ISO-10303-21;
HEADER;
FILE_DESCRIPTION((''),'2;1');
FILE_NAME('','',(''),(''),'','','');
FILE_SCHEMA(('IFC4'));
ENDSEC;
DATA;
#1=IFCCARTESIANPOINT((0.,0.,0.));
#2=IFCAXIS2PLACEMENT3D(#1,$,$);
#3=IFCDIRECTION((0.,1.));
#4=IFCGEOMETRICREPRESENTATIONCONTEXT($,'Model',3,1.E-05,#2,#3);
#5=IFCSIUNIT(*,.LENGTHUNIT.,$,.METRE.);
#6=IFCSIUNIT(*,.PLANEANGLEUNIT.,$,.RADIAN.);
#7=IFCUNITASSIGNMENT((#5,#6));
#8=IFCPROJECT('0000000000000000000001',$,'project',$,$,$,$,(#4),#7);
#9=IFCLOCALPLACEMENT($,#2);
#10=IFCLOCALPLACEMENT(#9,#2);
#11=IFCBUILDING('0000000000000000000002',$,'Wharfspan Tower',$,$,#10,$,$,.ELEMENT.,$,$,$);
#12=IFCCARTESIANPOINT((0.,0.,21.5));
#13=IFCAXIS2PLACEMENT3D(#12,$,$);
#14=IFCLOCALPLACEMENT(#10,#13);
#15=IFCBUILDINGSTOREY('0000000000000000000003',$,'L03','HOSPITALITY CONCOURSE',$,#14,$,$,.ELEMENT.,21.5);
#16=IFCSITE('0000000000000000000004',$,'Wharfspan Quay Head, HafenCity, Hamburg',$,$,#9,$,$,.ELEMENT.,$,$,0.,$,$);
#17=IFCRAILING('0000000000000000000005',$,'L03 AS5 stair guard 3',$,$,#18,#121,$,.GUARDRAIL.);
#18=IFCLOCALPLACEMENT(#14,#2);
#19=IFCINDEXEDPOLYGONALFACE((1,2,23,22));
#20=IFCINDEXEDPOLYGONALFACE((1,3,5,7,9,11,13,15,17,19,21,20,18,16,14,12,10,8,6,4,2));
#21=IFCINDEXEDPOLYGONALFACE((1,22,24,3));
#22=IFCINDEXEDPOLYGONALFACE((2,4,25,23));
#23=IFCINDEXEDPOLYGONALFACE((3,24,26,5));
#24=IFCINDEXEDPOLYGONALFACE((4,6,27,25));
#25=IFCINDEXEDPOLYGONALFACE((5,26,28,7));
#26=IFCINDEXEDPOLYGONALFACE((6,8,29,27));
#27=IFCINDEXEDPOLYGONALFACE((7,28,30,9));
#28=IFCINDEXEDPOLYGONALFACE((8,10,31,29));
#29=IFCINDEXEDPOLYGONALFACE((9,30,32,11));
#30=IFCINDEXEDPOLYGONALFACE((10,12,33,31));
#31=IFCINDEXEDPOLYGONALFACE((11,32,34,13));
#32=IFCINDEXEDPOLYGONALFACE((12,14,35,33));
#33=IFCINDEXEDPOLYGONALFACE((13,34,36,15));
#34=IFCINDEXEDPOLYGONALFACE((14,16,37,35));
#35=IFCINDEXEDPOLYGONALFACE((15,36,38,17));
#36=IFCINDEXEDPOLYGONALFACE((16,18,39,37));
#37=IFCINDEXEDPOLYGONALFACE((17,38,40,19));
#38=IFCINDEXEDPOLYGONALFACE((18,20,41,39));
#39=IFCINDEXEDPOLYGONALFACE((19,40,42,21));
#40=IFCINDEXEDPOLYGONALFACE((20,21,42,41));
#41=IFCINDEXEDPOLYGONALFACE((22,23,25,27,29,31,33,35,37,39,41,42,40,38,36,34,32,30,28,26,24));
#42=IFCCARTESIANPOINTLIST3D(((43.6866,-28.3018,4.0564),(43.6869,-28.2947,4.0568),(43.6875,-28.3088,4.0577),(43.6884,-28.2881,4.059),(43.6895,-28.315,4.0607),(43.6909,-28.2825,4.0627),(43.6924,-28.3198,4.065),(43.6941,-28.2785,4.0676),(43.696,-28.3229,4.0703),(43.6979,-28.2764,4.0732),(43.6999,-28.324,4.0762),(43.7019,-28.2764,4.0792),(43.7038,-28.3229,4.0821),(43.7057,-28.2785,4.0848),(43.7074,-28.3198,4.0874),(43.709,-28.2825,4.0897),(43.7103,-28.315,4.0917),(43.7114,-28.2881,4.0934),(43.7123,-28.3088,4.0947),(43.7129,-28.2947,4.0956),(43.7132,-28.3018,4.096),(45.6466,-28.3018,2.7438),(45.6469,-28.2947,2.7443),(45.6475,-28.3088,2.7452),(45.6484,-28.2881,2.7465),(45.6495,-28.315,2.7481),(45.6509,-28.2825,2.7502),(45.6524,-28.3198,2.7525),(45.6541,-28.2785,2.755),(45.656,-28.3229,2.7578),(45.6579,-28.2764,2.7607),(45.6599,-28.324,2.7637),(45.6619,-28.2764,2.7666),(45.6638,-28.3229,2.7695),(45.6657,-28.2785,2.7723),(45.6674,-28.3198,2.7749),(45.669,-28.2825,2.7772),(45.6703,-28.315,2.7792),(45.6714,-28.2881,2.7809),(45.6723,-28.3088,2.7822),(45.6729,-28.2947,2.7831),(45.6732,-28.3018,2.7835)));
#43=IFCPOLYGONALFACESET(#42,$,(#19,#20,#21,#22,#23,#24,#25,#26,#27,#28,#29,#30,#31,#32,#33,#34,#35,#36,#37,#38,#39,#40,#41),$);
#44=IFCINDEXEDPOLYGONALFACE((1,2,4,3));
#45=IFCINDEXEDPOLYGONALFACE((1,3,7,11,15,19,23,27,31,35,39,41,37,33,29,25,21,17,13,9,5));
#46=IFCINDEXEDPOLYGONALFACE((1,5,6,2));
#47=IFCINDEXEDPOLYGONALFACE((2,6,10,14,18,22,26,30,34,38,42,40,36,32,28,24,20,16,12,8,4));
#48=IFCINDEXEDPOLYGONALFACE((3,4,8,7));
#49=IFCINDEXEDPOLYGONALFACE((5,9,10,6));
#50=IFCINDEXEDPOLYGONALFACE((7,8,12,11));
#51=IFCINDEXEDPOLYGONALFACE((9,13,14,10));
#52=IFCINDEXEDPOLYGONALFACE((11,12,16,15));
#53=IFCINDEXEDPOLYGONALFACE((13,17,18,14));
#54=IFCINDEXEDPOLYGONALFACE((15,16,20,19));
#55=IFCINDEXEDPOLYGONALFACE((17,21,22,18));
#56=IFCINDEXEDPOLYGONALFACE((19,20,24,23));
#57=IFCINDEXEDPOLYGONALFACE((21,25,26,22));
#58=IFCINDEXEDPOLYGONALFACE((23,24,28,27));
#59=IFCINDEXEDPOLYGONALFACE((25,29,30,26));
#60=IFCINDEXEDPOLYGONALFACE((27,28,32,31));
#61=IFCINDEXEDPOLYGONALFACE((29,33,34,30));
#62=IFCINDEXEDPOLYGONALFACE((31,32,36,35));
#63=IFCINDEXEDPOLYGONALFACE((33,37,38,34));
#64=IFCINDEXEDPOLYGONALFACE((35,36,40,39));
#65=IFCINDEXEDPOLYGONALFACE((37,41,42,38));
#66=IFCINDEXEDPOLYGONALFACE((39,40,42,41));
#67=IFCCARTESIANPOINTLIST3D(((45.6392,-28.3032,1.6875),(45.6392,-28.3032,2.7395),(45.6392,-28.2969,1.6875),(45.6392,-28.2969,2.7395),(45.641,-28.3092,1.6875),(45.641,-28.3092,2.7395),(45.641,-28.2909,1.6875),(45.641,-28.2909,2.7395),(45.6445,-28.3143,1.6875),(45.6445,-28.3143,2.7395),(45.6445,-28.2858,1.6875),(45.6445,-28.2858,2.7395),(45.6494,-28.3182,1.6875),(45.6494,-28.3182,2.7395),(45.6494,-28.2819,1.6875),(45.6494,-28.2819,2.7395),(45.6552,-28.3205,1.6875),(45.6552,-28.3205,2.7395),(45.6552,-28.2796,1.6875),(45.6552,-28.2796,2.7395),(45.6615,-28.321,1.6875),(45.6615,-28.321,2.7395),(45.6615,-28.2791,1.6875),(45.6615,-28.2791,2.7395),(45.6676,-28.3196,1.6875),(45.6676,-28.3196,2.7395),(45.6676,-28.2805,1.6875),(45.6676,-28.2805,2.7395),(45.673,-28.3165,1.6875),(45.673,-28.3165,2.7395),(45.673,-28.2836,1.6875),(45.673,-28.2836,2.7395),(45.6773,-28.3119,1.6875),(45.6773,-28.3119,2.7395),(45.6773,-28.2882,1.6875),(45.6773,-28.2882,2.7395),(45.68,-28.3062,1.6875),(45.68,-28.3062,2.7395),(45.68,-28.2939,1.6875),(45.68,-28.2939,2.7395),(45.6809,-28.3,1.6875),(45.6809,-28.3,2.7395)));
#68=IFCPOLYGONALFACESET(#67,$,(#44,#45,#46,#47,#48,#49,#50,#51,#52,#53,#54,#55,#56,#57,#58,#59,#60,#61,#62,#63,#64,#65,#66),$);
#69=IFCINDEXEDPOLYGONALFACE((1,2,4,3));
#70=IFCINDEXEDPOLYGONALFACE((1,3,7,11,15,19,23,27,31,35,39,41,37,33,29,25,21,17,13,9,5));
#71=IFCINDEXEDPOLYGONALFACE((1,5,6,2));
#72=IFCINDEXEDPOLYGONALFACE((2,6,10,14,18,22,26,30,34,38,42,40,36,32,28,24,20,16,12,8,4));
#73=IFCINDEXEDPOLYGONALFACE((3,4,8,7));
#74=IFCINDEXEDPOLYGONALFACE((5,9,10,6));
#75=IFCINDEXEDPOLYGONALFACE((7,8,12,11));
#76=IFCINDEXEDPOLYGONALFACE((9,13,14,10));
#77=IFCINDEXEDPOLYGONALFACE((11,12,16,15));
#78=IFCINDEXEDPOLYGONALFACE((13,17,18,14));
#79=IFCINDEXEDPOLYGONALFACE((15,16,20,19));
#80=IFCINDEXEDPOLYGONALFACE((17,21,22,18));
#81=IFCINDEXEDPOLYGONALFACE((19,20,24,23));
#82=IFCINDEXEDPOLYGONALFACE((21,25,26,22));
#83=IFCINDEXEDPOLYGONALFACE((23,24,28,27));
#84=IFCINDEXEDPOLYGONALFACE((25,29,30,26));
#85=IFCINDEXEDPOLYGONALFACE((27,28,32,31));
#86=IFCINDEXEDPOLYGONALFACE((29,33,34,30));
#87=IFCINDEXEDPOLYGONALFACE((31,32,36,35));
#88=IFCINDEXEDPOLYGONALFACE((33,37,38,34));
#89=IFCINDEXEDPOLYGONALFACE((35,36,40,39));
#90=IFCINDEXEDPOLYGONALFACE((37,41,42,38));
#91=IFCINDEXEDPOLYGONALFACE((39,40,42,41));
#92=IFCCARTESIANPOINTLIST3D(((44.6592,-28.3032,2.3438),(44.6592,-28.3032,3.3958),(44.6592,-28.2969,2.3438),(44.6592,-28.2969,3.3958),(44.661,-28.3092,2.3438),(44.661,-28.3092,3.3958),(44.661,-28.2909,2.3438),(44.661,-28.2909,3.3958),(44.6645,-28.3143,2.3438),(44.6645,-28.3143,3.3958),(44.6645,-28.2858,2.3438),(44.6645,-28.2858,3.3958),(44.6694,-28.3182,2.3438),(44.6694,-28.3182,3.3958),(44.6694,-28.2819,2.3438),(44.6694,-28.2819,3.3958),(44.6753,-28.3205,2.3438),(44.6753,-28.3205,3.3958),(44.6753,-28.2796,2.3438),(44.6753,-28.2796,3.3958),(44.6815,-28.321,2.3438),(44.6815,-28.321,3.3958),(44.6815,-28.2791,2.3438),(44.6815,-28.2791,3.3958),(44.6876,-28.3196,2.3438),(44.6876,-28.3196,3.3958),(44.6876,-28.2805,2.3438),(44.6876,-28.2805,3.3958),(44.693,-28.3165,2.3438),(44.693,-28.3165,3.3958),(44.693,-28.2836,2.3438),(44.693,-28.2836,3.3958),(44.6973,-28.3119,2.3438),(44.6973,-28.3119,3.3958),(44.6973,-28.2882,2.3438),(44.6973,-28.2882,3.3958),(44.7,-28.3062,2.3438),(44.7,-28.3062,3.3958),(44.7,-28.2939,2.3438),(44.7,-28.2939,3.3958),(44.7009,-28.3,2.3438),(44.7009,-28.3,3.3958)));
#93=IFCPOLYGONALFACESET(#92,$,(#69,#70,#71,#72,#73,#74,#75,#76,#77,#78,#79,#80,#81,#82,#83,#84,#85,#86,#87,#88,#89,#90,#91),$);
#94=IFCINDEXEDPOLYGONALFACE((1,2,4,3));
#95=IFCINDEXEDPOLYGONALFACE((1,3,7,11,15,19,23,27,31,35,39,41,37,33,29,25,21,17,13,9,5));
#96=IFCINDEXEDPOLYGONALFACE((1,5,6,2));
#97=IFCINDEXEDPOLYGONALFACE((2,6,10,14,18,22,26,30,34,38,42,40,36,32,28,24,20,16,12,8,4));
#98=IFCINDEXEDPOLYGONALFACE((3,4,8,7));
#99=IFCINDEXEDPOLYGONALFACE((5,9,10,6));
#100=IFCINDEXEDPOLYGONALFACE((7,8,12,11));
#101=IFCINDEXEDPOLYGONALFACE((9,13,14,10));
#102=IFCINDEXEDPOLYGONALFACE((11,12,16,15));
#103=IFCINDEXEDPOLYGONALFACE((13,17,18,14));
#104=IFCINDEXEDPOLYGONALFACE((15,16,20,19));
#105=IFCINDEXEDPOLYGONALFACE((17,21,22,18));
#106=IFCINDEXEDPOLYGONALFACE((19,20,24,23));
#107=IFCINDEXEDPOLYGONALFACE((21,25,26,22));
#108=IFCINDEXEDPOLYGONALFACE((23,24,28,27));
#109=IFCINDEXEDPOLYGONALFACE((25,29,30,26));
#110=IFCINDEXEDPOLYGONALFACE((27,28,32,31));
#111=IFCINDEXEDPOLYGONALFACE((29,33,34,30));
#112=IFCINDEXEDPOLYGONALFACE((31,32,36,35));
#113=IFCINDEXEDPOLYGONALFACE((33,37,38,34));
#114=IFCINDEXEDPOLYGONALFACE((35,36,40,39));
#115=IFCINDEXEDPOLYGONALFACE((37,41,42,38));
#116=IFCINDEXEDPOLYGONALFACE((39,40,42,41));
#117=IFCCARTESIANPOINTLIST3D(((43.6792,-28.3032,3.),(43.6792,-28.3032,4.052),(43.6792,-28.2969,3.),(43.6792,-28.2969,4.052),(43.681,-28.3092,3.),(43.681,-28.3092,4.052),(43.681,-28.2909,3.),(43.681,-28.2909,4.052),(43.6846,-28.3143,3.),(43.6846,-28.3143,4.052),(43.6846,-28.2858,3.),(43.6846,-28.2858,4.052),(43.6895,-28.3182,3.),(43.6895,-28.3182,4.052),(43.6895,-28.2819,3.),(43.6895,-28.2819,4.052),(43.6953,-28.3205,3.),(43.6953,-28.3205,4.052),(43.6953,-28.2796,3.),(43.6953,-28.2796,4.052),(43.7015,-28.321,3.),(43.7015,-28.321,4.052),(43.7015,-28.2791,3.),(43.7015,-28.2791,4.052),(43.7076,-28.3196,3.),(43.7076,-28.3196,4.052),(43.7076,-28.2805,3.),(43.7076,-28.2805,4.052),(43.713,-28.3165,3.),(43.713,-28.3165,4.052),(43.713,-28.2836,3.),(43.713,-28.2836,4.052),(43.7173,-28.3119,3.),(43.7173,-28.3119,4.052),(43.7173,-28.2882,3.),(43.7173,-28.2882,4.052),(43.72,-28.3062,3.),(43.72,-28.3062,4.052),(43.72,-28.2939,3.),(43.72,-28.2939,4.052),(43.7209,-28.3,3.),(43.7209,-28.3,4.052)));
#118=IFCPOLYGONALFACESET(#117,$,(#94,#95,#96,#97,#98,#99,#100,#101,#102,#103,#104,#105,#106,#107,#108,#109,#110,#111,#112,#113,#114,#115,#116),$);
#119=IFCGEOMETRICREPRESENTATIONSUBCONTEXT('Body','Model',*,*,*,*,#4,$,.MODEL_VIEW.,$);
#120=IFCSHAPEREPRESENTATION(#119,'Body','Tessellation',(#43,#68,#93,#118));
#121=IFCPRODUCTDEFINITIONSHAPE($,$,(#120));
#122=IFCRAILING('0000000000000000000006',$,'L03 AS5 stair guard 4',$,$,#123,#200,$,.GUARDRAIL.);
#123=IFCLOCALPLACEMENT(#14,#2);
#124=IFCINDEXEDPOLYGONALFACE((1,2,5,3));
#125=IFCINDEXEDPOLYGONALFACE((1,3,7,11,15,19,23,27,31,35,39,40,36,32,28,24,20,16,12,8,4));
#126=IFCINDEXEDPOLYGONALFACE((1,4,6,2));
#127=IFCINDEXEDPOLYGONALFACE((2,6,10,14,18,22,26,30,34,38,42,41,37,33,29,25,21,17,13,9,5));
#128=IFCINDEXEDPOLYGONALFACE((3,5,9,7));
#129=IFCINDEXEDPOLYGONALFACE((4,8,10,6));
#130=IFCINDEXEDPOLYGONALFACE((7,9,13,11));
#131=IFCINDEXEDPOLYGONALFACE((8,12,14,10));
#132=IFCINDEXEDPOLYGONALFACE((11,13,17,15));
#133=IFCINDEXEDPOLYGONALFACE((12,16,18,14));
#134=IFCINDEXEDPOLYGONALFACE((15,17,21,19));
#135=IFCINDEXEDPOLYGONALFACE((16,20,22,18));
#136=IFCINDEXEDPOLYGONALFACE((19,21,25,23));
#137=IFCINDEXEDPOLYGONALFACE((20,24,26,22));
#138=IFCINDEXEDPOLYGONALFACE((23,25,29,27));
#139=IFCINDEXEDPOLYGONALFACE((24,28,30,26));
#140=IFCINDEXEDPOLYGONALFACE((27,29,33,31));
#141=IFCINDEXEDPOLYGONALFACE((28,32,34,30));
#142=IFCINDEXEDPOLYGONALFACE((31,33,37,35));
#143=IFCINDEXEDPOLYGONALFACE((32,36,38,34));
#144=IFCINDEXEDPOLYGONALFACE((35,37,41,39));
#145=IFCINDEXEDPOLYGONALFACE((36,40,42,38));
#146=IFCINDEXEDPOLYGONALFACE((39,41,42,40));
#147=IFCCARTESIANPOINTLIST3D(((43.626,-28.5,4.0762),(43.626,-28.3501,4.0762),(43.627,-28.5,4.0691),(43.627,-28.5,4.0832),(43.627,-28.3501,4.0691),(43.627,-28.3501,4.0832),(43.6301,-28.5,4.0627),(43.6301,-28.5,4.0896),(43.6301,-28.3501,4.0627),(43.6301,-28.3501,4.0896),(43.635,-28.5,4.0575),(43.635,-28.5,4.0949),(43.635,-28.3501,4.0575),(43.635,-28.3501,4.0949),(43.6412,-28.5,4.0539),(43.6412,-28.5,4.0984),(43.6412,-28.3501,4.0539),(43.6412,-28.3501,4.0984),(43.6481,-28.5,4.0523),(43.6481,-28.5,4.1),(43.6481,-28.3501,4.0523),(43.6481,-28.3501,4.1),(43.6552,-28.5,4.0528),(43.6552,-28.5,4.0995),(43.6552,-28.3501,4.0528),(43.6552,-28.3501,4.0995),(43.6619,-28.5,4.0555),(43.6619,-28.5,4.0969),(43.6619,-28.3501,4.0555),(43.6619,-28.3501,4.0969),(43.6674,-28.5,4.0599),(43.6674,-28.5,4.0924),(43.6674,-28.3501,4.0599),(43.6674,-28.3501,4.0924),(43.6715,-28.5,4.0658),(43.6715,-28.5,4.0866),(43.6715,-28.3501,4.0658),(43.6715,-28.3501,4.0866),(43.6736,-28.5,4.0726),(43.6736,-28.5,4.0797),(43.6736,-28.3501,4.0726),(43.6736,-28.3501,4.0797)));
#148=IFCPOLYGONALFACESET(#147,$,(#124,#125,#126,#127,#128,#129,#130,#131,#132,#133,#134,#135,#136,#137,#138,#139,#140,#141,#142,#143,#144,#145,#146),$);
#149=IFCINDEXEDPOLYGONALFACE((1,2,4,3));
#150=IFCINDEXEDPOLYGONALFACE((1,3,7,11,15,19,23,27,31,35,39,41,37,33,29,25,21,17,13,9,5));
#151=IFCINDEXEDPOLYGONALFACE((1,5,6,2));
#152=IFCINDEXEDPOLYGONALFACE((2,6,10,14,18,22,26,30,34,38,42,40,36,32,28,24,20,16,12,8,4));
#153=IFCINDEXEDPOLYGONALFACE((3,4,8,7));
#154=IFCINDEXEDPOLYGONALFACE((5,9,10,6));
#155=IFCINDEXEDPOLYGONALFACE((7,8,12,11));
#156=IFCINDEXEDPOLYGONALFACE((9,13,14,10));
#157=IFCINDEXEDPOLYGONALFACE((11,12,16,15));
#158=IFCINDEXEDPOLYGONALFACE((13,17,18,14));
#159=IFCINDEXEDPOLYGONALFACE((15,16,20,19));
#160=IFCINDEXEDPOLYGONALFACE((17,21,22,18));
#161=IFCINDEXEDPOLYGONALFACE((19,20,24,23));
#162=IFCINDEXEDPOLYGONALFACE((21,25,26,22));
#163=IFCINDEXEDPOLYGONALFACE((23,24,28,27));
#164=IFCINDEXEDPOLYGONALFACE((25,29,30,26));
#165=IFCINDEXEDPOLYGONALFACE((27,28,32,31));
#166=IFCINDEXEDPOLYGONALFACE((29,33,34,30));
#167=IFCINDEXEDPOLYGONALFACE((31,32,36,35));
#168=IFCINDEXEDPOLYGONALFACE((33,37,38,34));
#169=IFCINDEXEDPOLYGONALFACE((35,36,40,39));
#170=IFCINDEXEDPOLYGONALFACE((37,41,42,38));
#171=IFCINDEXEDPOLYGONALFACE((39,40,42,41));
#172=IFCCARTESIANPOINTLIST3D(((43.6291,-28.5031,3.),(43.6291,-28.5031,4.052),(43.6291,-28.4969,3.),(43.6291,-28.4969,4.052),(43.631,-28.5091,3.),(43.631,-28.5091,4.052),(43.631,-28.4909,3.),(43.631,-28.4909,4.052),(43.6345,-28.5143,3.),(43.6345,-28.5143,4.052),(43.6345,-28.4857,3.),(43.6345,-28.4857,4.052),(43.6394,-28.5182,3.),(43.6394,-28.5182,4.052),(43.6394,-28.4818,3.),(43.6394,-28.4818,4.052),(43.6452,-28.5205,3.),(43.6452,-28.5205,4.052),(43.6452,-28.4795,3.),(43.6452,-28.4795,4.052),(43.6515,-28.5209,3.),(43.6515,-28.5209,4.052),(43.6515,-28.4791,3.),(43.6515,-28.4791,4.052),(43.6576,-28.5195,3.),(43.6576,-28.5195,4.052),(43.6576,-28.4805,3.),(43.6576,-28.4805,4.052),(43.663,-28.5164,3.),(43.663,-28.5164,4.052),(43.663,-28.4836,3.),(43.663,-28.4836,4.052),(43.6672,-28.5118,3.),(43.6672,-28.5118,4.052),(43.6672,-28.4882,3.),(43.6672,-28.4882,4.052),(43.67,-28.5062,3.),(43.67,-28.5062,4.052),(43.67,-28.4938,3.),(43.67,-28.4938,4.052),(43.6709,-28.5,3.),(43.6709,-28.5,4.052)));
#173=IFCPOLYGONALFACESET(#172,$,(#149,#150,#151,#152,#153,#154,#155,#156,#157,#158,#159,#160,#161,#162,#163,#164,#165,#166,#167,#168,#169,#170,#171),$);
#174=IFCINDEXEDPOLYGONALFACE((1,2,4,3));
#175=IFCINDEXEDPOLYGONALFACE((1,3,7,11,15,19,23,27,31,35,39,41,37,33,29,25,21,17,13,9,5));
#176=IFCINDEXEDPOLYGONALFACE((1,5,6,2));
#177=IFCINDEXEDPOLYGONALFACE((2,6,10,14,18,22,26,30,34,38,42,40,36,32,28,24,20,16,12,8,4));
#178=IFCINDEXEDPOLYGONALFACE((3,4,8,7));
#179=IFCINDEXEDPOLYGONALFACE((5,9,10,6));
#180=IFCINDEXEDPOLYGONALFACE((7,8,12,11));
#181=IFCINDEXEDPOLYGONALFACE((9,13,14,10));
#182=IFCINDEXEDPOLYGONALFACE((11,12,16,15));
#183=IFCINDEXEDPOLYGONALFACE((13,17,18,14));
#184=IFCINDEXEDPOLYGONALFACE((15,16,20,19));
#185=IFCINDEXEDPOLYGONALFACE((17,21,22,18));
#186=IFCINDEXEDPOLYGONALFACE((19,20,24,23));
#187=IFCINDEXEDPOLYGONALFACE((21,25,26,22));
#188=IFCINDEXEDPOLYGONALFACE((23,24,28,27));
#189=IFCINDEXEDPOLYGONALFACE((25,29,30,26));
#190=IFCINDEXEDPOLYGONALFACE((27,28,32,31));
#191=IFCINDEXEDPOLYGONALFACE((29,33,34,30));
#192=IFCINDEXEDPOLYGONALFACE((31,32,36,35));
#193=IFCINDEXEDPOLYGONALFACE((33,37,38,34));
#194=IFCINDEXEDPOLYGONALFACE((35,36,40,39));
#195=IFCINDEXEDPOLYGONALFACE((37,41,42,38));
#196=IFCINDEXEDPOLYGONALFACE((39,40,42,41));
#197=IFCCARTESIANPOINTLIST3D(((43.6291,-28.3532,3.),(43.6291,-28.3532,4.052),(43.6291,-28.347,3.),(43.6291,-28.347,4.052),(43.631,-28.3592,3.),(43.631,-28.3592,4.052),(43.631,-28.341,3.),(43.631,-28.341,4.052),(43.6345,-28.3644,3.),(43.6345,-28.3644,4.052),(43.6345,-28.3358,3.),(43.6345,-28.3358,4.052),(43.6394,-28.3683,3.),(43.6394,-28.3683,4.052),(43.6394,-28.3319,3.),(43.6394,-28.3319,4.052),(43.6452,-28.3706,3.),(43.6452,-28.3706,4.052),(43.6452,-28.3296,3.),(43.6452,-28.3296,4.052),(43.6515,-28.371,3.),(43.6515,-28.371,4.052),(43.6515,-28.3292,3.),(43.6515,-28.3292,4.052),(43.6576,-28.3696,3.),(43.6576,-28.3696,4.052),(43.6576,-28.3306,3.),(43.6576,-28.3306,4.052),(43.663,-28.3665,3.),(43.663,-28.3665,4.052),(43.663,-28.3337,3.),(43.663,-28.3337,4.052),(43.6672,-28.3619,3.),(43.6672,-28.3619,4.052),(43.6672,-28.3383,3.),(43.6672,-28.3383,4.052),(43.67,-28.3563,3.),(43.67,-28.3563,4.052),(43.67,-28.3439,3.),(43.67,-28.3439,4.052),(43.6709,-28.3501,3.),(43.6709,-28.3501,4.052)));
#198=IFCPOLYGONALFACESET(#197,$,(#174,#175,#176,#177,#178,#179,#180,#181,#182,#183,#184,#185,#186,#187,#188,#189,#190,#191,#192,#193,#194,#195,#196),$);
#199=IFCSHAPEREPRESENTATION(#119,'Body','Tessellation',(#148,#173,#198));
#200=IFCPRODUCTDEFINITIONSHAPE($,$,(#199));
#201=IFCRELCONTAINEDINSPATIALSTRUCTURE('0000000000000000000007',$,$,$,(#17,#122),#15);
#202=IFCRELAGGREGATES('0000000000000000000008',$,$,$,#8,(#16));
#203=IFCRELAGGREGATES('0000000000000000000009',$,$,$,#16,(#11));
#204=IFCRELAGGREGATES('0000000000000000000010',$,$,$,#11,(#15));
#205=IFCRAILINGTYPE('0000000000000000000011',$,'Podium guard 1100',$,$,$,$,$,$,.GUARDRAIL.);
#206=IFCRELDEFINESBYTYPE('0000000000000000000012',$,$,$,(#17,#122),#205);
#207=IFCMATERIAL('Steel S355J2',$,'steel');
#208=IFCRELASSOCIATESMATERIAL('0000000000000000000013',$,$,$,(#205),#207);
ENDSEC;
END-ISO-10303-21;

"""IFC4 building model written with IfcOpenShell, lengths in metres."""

from ifc_helpers import new_model, si_unit, direction, frame, origin, origin_2d, place, context, subcontext, project, spatial, circle, extrude, material, type_object, element, save


model = new_model("IFC4")

# Units and contexts
model_context = context("Model", 3, precision=1e-05, world=origin(), true_north=direction((0.0, 1.0)))
body_context = subcontext(model_context, "Body", "Model", "MODEL_VIEW")
ifc_project = project(units=[si_unit("LENGTHUNIT", "METRE"), si_unit("PLANEANGLEUNIT", "RADIAN")], contexts=[model_context])

# Site, building, storey
site_placement = place(None, origin())
site = spatial("IfcSite", under=ifc_project, at=site_placement, Name="Wharfspan Quay Head, HafenCity, Hamburg", CompositionType="ELEMENT", RefElevation=0.0)
building_placement = place(site_placement, origin())
building = spatial("IfcBuilding", under=site, at=building_placement, Name="Wharfspan Tower", CompositionType="ELEMENT")
storey_placement = place(building_placement, frame((0.0, 0.0, 21.5)))
storey = spatial("IfcBuildingStorey", under=building, at=storey_placement, Name="L03", Description="HOSPITALITY CONCOURSE", CompositionType="ELEMENT", Elevation=21.5)

# Railings
ifc_material_1 = material(Name="Steel S355J2", Category="steel")
railing_type_1 = type_object("IfcRailingType", Name="Podium guard 1100", PredefinedType="GUARDRAIL", material=ifc_material_1)
railing_1_placement = place(storey_placement, frame((45.6599, -28.3, 1.6875)))
element("IfcRailing", 1, at=railing_1_placement, inside=storey, type_object=railing_type_1, Name="L03 AS5 stair guard 3", PredefinedType="GUARDRAIL", context=body_context, shape_type="SweptSolid", body=[
    extrude(circle(Radius=0.0239, at=origin_2d()), frame((0.0, 0.0, 1.0762), z_axis=(-0.830902, 0.0, 0.556419), x_axis=(0.0, -1.0, 0.0)), (0.0, 0.0, 1.0), 2.3589),
    extrude(circle(Radius=0.021, at=origin_2d()), origin(), (0.0, 0.0, 1.0), 1.052),
    extrude(circle(Radius=0.021, at=origin_2d()), frame((-0.98, 0.0, 0.6562)), (0.0, 0.0, 1.0), 1.052),
    extrude(circle(Radius=0.021, at=origin_2d()), frame((-1.96, 0.0, 1.3125)), (0.0, 0.0, 1.0), 1.052),
])
railing_2_placement = place(storey_placement, frame((43.6499, -28.5, 3.0)))
element("IfcRailing", 2, at=railing_2_placement, inside=storey, type_object=railing_type_1, Name="L03 AS5 stair guard 4", PredefinedType="GUARDRAIL", context=body_context, shape_type="SweptSolid", body=[
    extrude(circle(Radius=0.0239, at=origin_2d()), frame((0.0, 0.0, 1.0762), z_axis=(0.0, 1.0, 0.0), x_axis=(-1.0, 0.0, 0.0)), (0.0, 0.0, 1.0), 0.1499),
    extrude(circle(Radius=0.021, at=origin_2d()), origin(), (0.0, 0.0, 1.0), 1.052),
    extrude(circle(Radius=0.021, at=origin_2d()), frame((0.0, 0.1499, 0.0)), (0.0, 0.0, 1.0), 1.052),
])

save(model, "model.ifc")
